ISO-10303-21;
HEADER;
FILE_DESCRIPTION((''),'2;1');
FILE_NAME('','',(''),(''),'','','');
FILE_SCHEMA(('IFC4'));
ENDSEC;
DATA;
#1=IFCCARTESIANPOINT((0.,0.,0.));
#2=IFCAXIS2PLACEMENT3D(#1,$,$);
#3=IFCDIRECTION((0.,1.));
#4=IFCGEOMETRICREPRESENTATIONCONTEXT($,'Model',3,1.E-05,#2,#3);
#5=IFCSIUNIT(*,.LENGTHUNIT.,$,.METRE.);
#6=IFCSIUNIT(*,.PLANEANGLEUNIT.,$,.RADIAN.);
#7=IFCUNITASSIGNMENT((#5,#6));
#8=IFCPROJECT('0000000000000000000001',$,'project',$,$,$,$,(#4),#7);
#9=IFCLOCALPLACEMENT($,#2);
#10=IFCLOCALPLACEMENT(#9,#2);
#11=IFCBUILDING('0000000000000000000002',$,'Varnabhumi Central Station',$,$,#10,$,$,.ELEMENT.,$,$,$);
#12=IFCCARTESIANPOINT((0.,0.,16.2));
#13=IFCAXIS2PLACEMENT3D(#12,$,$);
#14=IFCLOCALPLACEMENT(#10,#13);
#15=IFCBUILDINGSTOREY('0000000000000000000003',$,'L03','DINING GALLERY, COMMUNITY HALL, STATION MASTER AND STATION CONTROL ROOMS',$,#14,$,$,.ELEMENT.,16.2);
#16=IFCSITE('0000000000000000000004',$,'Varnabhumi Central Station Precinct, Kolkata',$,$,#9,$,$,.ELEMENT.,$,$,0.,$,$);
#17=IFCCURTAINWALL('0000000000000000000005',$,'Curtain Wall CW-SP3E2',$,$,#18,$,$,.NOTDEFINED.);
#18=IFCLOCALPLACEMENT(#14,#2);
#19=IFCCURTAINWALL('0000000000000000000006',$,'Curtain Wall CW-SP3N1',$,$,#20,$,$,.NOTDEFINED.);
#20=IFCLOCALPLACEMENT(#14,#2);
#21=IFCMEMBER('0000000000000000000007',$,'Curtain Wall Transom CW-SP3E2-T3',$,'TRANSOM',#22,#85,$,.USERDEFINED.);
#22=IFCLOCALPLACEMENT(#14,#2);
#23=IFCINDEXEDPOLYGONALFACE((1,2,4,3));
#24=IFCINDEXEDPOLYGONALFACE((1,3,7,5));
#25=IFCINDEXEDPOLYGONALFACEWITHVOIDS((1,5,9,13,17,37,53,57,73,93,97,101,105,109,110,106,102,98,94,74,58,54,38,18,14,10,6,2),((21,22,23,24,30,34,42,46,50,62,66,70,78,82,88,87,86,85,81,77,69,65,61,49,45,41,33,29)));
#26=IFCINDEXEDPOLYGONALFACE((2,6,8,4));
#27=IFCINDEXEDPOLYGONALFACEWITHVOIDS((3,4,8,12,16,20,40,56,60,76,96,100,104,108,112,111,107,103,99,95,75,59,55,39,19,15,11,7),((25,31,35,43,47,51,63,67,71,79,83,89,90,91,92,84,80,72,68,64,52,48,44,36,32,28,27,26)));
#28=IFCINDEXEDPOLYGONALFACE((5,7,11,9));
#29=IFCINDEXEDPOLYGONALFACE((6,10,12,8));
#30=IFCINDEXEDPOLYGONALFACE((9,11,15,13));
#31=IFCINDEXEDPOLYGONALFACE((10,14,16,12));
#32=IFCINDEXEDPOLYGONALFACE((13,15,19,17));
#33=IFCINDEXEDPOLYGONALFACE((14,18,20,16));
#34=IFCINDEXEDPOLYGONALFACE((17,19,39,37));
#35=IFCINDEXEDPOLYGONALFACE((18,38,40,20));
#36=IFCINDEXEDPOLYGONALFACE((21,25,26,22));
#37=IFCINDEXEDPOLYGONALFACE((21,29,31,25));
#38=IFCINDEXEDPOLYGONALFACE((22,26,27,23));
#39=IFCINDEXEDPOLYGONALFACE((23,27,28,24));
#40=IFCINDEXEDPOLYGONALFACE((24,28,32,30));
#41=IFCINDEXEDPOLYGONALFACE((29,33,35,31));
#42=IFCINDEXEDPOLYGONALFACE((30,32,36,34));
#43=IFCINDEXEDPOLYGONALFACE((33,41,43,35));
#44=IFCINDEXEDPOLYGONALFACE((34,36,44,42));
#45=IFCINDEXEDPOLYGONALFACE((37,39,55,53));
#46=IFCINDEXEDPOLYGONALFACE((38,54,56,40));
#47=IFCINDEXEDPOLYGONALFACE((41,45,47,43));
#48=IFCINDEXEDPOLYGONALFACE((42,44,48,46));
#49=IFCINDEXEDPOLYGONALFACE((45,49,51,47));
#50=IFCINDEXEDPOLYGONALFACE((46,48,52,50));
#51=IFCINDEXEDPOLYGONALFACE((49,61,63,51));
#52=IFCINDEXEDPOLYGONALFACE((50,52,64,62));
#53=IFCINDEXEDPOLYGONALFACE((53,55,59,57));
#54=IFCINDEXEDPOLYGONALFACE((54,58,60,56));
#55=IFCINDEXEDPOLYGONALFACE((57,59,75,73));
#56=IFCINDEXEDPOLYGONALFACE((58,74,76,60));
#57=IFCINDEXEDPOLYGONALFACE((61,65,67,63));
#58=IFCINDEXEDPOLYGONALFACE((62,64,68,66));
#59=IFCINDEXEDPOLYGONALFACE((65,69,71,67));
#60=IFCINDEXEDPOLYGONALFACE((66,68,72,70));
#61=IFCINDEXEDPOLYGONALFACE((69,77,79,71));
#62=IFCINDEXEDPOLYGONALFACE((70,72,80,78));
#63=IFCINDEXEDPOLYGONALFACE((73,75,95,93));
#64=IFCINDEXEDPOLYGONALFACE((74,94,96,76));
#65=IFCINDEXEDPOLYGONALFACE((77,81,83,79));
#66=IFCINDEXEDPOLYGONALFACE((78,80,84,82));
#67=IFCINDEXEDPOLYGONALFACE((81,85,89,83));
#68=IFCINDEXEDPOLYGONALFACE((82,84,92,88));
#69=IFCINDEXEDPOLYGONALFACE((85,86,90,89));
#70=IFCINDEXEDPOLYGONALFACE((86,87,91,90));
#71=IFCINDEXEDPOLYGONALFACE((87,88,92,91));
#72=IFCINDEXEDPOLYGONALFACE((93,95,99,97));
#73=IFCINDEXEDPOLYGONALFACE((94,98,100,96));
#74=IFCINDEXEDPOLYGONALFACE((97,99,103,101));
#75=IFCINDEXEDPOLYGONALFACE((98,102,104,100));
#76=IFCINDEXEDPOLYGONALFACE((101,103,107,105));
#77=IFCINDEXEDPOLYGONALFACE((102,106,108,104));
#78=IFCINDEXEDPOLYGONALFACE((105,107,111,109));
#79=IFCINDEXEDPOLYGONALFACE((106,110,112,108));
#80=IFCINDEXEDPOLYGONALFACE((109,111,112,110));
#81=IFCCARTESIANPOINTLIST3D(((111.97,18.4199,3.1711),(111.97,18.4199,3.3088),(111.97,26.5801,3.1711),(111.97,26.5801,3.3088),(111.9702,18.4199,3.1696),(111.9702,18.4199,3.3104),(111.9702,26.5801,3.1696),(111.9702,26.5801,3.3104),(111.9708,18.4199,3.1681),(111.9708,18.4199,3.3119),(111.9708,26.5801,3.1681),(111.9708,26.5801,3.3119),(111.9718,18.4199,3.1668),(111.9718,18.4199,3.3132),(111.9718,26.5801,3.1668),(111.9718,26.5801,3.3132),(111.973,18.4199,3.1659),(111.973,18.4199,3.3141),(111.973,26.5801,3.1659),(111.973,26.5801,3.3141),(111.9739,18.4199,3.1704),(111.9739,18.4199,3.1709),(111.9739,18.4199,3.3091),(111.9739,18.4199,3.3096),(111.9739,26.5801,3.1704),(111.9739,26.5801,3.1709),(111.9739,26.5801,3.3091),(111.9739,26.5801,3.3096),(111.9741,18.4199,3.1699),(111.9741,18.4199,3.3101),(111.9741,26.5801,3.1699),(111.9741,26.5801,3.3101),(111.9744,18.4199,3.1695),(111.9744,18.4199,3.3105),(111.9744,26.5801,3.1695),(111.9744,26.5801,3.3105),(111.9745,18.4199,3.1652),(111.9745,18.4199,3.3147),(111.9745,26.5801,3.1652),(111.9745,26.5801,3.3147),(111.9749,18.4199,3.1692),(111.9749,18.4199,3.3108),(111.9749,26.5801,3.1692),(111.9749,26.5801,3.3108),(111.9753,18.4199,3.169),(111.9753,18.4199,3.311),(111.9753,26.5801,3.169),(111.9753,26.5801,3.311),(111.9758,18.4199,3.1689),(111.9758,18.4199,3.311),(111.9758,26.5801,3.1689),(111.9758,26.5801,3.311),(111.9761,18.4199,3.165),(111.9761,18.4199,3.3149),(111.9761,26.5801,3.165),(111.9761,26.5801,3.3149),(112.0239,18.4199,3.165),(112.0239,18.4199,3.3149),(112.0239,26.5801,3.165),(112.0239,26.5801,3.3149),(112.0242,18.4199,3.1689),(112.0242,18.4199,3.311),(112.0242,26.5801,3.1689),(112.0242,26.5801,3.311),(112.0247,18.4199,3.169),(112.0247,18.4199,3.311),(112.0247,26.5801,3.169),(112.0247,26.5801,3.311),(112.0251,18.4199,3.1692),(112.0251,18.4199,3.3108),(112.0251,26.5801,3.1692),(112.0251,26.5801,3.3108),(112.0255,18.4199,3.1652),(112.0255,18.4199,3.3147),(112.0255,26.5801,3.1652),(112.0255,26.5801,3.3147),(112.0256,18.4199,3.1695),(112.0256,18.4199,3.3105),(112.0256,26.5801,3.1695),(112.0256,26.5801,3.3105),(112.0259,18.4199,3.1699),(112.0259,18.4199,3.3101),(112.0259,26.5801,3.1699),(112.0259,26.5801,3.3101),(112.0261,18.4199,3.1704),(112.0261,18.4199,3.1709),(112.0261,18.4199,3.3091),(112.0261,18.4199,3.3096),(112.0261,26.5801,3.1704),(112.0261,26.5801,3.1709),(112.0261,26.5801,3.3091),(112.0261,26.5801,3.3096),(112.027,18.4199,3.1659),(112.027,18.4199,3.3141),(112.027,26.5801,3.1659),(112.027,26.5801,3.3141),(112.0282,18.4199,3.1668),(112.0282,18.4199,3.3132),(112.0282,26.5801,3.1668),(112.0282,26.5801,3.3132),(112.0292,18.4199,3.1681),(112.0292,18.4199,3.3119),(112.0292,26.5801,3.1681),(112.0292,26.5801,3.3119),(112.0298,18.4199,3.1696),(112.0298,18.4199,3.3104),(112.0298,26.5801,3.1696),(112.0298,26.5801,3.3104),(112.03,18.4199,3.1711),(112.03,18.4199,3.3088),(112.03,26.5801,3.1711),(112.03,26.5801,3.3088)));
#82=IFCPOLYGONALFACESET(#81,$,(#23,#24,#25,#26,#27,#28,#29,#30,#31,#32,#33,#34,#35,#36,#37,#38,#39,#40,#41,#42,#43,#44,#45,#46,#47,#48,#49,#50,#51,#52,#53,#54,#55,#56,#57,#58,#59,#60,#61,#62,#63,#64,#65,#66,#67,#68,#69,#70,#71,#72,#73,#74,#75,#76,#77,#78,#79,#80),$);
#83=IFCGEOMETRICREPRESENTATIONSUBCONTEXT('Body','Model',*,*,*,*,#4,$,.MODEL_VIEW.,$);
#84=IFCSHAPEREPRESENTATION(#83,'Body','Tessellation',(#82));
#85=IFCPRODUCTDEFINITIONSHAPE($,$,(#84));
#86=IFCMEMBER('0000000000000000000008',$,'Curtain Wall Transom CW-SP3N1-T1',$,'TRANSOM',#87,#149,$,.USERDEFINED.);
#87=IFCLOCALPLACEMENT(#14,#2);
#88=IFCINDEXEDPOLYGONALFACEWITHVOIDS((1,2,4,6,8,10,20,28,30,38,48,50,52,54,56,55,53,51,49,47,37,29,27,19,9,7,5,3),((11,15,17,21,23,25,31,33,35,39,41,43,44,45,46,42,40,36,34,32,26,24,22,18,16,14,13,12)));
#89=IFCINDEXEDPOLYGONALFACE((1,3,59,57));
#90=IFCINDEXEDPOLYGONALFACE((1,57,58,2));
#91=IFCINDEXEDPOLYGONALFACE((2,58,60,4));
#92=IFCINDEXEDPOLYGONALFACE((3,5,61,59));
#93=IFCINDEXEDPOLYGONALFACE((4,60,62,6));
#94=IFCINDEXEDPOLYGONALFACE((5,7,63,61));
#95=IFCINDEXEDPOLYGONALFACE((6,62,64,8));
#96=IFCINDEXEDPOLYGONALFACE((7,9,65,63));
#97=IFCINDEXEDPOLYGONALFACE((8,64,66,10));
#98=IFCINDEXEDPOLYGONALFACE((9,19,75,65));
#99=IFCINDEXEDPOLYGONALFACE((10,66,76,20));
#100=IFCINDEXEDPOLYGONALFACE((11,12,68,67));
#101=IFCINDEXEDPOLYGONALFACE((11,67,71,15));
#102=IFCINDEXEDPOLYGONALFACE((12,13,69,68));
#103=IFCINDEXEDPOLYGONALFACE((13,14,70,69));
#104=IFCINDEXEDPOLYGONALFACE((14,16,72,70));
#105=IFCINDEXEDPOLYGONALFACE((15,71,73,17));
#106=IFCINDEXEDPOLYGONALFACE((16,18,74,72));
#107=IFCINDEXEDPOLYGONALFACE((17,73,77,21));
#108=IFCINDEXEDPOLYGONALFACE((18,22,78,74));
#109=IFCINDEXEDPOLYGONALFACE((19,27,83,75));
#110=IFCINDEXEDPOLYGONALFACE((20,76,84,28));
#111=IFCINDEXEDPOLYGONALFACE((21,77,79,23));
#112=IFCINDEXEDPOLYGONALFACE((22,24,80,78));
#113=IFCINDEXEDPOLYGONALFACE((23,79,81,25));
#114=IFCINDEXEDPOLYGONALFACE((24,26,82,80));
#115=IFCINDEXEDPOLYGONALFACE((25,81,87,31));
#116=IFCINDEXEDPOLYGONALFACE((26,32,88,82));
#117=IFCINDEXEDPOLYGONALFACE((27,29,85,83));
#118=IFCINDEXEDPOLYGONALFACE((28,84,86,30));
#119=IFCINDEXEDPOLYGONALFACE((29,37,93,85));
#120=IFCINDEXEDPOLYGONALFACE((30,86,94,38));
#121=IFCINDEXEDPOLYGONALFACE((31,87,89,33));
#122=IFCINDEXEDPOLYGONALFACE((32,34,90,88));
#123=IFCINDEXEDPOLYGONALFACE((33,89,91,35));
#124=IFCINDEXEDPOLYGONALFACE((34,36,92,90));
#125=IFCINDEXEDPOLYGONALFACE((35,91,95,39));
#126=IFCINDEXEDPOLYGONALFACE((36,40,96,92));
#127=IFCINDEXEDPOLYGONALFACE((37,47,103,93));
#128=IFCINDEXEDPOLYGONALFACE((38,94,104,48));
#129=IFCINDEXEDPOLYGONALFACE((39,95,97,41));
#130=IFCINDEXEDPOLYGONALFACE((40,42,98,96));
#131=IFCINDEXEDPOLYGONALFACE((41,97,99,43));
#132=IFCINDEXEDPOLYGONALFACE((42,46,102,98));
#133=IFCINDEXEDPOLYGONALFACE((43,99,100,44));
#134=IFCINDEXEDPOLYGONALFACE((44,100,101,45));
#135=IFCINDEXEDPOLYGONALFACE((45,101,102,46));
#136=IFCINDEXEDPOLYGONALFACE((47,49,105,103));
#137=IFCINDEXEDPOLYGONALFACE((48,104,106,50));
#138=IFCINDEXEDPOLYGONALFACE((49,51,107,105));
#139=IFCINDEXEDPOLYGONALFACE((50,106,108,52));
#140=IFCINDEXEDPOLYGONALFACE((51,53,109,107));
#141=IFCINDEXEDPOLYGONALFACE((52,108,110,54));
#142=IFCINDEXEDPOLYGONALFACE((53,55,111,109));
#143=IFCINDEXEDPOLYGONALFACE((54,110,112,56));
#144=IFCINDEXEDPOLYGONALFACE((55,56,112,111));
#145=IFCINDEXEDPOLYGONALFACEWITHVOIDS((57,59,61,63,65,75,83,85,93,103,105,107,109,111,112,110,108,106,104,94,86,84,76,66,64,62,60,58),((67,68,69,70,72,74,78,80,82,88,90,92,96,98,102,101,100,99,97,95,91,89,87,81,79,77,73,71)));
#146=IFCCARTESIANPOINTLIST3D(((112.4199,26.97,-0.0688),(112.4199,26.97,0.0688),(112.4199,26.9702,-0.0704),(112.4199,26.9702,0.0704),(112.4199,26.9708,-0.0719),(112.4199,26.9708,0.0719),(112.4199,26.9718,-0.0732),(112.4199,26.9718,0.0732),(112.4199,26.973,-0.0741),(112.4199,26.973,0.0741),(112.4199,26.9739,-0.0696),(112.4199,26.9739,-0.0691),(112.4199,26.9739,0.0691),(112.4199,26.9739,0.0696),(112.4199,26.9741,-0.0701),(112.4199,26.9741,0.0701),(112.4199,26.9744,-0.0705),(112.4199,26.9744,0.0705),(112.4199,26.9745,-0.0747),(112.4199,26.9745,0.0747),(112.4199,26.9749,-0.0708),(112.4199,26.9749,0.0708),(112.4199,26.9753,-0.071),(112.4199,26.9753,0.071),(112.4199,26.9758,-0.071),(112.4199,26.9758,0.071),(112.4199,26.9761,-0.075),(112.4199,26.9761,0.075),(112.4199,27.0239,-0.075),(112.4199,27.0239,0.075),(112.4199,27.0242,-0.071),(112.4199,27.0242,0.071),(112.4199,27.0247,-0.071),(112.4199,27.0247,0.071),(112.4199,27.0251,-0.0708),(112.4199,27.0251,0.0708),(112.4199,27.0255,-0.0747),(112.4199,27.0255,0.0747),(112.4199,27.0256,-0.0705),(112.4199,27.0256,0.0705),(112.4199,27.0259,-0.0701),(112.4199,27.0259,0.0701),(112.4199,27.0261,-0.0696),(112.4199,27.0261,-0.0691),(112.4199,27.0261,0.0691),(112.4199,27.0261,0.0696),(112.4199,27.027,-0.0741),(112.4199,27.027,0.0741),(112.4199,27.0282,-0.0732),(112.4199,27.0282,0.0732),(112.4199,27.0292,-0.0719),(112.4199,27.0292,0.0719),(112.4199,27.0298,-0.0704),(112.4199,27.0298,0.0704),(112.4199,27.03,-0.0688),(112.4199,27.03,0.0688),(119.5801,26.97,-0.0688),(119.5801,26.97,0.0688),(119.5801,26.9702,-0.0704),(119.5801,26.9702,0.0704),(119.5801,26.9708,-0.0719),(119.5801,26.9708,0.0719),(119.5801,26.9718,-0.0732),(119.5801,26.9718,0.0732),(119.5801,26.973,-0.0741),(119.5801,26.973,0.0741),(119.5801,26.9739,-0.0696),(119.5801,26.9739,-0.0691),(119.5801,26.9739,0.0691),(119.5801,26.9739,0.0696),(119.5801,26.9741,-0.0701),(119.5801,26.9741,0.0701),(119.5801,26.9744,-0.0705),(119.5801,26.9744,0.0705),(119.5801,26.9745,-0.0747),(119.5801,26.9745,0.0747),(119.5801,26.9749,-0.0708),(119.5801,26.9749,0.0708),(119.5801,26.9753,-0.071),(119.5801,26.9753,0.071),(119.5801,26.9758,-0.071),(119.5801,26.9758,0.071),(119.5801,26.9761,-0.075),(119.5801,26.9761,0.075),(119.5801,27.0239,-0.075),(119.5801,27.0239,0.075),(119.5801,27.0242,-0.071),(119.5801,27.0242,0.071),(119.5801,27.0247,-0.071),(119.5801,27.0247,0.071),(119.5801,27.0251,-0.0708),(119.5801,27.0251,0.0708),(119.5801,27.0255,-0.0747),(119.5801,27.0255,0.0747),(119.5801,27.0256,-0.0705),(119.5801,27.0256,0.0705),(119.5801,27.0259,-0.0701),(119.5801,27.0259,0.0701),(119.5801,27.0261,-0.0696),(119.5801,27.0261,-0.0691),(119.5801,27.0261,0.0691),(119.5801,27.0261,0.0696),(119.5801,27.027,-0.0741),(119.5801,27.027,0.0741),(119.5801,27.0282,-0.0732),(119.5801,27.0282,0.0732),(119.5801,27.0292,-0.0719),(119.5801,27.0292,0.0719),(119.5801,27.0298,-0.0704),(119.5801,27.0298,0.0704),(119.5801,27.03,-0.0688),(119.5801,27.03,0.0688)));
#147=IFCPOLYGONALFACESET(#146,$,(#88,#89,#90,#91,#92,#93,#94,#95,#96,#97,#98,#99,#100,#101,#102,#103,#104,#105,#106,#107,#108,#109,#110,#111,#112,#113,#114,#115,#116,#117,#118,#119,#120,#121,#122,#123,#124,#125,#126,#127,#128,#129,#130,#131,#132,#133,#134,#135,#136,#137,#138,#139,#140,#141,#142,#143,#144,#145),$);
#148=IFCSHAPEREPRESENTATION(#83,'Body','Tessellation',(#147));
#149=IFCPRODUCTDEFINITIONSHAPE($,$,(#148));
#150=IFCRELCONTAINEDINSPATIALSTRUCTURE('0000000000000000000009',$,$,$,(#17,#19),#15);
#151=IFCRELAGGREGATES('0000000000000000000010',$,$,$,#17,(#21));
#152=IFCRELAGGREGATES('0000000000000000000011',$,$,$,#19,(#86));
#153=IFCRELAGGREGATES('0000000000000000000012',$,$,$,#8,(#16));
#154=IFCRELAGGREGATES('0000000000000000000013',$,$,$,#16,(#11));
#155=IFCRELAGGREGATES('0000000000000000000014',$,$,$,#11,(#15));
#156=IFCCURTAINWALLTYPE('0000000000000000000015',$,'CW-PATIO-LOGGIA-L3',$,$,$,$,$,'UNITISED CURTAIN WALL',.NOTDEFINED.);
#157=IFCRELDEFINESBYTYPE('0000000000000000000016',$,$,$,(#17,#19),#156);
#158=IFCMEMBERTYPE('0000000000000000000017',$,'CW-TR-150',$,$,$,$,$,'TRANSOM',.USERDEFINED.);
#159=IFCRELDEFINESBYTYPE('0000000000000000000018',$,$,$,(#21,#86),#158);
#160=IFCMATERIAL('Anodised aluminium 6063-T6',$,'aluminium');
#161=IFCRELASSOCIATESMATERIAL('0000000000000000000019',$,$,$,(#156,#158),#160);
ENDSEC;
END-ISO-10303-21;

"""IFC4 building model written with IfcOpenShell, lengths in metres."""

from ifc_helpers import new_model, si_unit, direction, frame, origin, origin_2d, place, context, subcontext, project, spatial, hollow_rectangle, extrude, material, material_profile, profile_set, type_object, element, aggregate, save


model = new_model("IFC4")

# Units and contexts
model_context = context("Model", 3, precision=1e-05, world=origin(), true_north=direction((0.0, 1.0)))
body_context = subcontext(model_context, "Body", "Model", "MODEL_VIEW")
ifc_project = project(units=[si_unit("LENGTHUNIT", "METRE"), si_unit("PLANEANGLEUNIT", "RADIAN")], contexts=[model_context])

# Site, building, storey
site_placement = place(None, origin())
site = spatial("IfcSite", under=ifc_project, at=site_placement, Name="Varnabhumi Central Station Precinct, Kolkata", CompositionType="ELEMENT", RefElevation=0.0)
building_placement = place(site_placement, origin())
building = spatial("IfcBuilding", under=site, at=building_placement, Name="Varnabhumi Central Station", CompositionType="ELEMENT")
storey_placement = place(building_placement, frame((0.0, 0.0, 16.2)))
storey = spatial("IfcBuildingStorey", under=building, at=storey_placement, Name="L03", Description="DINING GALLERY, COMMUNITY HALL, STATION MASTER AND STATION CONTROL ROOMS", CompositionType="ELEMENT", Elevation=16.2)

# Curtain walls
ifc_material_1 = material(Name="Anodised aluminium 6063-T6", Category="aluminium")
curtain_wall_type = type_object("IfcCurtainWallType", Name="CW-PATIO-LOGGIA-L3", ElementType="UNITISED CURTAIN WALL", PredefinedType="NOTDEFINED", material=ifc_material_1)
curtain_wall_1_placement = place(storey_placement, origin())
curtain_wall_1 = element("IfcCurtainWall", 1, at=curtain_wall_1_placement, inside=storey, type_object=curtain_wall_type, Name="Curtain Wall CW-SP3E2", PredefinedType="NOTDEFINED")
curtain_wall_2_placement = place(storey_placement, origin())
curtain_wall_2 = element("IfcCurtainWall", 2, at=curtain_wall_2_placement, inside=storey, type_object=curtain_wall_type, Name="Curtain Wall CW-SP3N1", PredefinedType="NOTDEFINED")

# Members
ifc_material_profile_1 = material_profile(ifc_material_1, hollow_rectangle(XDim=0.0601, YDim=0.1499, WallThickness=0.0039, InnerFilletRadius=0.002, OuterFilletRadius=0.0061, at=origin_2d()), Name="Anodised aluminium 6063-T6", Category="aluminium")
ifc_profile_set_1 = profile_set([ifc_material_profile_1], Name="Anodised aluminium 6063-T6")
member_type_1 = type_object("IfcMemberType", Name="CW-TR-150", ElementType="TRANSOM", PredefinedType="USERDEFINED", material=ifc_profile_set_1)
member_1_placement = place(storey_placement, frame((112.0, 18.4199, 3.24), z_axis=(0.0, 1.0, 0.0), x_axis=(-1.0, 0.0, 0.0)))
member_1 = element("IfcMember", 3, at=member_1_placement, type_object=member_type_1, Name="Curtain Wall Transom CW-SP3E2-T3", ObjectType="TRANSOM", PredefinedType="USERDEFINED", context=body_context, shape_type="SweptSolid", body=[
    extrude(hollow_rectangle(XDim=0.0601, YDim=0.1499, WallThickness=0.0039, InnerFilletRadius=0.002, OuterFilletRadius=0.0061, at=origin_2d()), origin(), (0.0, 0.0, 1.0), 8.1602),
])
member_2_placement = place(storey_placement, frame((112.4199, 27.0, 0.0), z_axis=(1.0, 0.0, 0.0), x_axis=(0.0, 1.0, 0.0)))
member_2 = element("IfcMember", 4, at=member_2_placement, type_object=member_type_1, Name="Curtain Wall Transom CW-SP3N1-T1", ObjectType="TRANSOM", PredefinedType="USERDEFINED", context=body_context, shape_type="SweptSolid", body=[
    extrude(hollow_rectangle(XDim=0.0601, YDim=0.1499, WallThickness=0.0039, InnerFilletRadius=0.002, OuterFilletRadius=0.0061, at=origin_2d()), origin(), (0.0, 0.0, 1.0), 7.1602),
])

aggregate(curtain_wall_1, [member_1])
aggregate(curtain_wall_2, [member_2])

save(model, "model.ifc")
